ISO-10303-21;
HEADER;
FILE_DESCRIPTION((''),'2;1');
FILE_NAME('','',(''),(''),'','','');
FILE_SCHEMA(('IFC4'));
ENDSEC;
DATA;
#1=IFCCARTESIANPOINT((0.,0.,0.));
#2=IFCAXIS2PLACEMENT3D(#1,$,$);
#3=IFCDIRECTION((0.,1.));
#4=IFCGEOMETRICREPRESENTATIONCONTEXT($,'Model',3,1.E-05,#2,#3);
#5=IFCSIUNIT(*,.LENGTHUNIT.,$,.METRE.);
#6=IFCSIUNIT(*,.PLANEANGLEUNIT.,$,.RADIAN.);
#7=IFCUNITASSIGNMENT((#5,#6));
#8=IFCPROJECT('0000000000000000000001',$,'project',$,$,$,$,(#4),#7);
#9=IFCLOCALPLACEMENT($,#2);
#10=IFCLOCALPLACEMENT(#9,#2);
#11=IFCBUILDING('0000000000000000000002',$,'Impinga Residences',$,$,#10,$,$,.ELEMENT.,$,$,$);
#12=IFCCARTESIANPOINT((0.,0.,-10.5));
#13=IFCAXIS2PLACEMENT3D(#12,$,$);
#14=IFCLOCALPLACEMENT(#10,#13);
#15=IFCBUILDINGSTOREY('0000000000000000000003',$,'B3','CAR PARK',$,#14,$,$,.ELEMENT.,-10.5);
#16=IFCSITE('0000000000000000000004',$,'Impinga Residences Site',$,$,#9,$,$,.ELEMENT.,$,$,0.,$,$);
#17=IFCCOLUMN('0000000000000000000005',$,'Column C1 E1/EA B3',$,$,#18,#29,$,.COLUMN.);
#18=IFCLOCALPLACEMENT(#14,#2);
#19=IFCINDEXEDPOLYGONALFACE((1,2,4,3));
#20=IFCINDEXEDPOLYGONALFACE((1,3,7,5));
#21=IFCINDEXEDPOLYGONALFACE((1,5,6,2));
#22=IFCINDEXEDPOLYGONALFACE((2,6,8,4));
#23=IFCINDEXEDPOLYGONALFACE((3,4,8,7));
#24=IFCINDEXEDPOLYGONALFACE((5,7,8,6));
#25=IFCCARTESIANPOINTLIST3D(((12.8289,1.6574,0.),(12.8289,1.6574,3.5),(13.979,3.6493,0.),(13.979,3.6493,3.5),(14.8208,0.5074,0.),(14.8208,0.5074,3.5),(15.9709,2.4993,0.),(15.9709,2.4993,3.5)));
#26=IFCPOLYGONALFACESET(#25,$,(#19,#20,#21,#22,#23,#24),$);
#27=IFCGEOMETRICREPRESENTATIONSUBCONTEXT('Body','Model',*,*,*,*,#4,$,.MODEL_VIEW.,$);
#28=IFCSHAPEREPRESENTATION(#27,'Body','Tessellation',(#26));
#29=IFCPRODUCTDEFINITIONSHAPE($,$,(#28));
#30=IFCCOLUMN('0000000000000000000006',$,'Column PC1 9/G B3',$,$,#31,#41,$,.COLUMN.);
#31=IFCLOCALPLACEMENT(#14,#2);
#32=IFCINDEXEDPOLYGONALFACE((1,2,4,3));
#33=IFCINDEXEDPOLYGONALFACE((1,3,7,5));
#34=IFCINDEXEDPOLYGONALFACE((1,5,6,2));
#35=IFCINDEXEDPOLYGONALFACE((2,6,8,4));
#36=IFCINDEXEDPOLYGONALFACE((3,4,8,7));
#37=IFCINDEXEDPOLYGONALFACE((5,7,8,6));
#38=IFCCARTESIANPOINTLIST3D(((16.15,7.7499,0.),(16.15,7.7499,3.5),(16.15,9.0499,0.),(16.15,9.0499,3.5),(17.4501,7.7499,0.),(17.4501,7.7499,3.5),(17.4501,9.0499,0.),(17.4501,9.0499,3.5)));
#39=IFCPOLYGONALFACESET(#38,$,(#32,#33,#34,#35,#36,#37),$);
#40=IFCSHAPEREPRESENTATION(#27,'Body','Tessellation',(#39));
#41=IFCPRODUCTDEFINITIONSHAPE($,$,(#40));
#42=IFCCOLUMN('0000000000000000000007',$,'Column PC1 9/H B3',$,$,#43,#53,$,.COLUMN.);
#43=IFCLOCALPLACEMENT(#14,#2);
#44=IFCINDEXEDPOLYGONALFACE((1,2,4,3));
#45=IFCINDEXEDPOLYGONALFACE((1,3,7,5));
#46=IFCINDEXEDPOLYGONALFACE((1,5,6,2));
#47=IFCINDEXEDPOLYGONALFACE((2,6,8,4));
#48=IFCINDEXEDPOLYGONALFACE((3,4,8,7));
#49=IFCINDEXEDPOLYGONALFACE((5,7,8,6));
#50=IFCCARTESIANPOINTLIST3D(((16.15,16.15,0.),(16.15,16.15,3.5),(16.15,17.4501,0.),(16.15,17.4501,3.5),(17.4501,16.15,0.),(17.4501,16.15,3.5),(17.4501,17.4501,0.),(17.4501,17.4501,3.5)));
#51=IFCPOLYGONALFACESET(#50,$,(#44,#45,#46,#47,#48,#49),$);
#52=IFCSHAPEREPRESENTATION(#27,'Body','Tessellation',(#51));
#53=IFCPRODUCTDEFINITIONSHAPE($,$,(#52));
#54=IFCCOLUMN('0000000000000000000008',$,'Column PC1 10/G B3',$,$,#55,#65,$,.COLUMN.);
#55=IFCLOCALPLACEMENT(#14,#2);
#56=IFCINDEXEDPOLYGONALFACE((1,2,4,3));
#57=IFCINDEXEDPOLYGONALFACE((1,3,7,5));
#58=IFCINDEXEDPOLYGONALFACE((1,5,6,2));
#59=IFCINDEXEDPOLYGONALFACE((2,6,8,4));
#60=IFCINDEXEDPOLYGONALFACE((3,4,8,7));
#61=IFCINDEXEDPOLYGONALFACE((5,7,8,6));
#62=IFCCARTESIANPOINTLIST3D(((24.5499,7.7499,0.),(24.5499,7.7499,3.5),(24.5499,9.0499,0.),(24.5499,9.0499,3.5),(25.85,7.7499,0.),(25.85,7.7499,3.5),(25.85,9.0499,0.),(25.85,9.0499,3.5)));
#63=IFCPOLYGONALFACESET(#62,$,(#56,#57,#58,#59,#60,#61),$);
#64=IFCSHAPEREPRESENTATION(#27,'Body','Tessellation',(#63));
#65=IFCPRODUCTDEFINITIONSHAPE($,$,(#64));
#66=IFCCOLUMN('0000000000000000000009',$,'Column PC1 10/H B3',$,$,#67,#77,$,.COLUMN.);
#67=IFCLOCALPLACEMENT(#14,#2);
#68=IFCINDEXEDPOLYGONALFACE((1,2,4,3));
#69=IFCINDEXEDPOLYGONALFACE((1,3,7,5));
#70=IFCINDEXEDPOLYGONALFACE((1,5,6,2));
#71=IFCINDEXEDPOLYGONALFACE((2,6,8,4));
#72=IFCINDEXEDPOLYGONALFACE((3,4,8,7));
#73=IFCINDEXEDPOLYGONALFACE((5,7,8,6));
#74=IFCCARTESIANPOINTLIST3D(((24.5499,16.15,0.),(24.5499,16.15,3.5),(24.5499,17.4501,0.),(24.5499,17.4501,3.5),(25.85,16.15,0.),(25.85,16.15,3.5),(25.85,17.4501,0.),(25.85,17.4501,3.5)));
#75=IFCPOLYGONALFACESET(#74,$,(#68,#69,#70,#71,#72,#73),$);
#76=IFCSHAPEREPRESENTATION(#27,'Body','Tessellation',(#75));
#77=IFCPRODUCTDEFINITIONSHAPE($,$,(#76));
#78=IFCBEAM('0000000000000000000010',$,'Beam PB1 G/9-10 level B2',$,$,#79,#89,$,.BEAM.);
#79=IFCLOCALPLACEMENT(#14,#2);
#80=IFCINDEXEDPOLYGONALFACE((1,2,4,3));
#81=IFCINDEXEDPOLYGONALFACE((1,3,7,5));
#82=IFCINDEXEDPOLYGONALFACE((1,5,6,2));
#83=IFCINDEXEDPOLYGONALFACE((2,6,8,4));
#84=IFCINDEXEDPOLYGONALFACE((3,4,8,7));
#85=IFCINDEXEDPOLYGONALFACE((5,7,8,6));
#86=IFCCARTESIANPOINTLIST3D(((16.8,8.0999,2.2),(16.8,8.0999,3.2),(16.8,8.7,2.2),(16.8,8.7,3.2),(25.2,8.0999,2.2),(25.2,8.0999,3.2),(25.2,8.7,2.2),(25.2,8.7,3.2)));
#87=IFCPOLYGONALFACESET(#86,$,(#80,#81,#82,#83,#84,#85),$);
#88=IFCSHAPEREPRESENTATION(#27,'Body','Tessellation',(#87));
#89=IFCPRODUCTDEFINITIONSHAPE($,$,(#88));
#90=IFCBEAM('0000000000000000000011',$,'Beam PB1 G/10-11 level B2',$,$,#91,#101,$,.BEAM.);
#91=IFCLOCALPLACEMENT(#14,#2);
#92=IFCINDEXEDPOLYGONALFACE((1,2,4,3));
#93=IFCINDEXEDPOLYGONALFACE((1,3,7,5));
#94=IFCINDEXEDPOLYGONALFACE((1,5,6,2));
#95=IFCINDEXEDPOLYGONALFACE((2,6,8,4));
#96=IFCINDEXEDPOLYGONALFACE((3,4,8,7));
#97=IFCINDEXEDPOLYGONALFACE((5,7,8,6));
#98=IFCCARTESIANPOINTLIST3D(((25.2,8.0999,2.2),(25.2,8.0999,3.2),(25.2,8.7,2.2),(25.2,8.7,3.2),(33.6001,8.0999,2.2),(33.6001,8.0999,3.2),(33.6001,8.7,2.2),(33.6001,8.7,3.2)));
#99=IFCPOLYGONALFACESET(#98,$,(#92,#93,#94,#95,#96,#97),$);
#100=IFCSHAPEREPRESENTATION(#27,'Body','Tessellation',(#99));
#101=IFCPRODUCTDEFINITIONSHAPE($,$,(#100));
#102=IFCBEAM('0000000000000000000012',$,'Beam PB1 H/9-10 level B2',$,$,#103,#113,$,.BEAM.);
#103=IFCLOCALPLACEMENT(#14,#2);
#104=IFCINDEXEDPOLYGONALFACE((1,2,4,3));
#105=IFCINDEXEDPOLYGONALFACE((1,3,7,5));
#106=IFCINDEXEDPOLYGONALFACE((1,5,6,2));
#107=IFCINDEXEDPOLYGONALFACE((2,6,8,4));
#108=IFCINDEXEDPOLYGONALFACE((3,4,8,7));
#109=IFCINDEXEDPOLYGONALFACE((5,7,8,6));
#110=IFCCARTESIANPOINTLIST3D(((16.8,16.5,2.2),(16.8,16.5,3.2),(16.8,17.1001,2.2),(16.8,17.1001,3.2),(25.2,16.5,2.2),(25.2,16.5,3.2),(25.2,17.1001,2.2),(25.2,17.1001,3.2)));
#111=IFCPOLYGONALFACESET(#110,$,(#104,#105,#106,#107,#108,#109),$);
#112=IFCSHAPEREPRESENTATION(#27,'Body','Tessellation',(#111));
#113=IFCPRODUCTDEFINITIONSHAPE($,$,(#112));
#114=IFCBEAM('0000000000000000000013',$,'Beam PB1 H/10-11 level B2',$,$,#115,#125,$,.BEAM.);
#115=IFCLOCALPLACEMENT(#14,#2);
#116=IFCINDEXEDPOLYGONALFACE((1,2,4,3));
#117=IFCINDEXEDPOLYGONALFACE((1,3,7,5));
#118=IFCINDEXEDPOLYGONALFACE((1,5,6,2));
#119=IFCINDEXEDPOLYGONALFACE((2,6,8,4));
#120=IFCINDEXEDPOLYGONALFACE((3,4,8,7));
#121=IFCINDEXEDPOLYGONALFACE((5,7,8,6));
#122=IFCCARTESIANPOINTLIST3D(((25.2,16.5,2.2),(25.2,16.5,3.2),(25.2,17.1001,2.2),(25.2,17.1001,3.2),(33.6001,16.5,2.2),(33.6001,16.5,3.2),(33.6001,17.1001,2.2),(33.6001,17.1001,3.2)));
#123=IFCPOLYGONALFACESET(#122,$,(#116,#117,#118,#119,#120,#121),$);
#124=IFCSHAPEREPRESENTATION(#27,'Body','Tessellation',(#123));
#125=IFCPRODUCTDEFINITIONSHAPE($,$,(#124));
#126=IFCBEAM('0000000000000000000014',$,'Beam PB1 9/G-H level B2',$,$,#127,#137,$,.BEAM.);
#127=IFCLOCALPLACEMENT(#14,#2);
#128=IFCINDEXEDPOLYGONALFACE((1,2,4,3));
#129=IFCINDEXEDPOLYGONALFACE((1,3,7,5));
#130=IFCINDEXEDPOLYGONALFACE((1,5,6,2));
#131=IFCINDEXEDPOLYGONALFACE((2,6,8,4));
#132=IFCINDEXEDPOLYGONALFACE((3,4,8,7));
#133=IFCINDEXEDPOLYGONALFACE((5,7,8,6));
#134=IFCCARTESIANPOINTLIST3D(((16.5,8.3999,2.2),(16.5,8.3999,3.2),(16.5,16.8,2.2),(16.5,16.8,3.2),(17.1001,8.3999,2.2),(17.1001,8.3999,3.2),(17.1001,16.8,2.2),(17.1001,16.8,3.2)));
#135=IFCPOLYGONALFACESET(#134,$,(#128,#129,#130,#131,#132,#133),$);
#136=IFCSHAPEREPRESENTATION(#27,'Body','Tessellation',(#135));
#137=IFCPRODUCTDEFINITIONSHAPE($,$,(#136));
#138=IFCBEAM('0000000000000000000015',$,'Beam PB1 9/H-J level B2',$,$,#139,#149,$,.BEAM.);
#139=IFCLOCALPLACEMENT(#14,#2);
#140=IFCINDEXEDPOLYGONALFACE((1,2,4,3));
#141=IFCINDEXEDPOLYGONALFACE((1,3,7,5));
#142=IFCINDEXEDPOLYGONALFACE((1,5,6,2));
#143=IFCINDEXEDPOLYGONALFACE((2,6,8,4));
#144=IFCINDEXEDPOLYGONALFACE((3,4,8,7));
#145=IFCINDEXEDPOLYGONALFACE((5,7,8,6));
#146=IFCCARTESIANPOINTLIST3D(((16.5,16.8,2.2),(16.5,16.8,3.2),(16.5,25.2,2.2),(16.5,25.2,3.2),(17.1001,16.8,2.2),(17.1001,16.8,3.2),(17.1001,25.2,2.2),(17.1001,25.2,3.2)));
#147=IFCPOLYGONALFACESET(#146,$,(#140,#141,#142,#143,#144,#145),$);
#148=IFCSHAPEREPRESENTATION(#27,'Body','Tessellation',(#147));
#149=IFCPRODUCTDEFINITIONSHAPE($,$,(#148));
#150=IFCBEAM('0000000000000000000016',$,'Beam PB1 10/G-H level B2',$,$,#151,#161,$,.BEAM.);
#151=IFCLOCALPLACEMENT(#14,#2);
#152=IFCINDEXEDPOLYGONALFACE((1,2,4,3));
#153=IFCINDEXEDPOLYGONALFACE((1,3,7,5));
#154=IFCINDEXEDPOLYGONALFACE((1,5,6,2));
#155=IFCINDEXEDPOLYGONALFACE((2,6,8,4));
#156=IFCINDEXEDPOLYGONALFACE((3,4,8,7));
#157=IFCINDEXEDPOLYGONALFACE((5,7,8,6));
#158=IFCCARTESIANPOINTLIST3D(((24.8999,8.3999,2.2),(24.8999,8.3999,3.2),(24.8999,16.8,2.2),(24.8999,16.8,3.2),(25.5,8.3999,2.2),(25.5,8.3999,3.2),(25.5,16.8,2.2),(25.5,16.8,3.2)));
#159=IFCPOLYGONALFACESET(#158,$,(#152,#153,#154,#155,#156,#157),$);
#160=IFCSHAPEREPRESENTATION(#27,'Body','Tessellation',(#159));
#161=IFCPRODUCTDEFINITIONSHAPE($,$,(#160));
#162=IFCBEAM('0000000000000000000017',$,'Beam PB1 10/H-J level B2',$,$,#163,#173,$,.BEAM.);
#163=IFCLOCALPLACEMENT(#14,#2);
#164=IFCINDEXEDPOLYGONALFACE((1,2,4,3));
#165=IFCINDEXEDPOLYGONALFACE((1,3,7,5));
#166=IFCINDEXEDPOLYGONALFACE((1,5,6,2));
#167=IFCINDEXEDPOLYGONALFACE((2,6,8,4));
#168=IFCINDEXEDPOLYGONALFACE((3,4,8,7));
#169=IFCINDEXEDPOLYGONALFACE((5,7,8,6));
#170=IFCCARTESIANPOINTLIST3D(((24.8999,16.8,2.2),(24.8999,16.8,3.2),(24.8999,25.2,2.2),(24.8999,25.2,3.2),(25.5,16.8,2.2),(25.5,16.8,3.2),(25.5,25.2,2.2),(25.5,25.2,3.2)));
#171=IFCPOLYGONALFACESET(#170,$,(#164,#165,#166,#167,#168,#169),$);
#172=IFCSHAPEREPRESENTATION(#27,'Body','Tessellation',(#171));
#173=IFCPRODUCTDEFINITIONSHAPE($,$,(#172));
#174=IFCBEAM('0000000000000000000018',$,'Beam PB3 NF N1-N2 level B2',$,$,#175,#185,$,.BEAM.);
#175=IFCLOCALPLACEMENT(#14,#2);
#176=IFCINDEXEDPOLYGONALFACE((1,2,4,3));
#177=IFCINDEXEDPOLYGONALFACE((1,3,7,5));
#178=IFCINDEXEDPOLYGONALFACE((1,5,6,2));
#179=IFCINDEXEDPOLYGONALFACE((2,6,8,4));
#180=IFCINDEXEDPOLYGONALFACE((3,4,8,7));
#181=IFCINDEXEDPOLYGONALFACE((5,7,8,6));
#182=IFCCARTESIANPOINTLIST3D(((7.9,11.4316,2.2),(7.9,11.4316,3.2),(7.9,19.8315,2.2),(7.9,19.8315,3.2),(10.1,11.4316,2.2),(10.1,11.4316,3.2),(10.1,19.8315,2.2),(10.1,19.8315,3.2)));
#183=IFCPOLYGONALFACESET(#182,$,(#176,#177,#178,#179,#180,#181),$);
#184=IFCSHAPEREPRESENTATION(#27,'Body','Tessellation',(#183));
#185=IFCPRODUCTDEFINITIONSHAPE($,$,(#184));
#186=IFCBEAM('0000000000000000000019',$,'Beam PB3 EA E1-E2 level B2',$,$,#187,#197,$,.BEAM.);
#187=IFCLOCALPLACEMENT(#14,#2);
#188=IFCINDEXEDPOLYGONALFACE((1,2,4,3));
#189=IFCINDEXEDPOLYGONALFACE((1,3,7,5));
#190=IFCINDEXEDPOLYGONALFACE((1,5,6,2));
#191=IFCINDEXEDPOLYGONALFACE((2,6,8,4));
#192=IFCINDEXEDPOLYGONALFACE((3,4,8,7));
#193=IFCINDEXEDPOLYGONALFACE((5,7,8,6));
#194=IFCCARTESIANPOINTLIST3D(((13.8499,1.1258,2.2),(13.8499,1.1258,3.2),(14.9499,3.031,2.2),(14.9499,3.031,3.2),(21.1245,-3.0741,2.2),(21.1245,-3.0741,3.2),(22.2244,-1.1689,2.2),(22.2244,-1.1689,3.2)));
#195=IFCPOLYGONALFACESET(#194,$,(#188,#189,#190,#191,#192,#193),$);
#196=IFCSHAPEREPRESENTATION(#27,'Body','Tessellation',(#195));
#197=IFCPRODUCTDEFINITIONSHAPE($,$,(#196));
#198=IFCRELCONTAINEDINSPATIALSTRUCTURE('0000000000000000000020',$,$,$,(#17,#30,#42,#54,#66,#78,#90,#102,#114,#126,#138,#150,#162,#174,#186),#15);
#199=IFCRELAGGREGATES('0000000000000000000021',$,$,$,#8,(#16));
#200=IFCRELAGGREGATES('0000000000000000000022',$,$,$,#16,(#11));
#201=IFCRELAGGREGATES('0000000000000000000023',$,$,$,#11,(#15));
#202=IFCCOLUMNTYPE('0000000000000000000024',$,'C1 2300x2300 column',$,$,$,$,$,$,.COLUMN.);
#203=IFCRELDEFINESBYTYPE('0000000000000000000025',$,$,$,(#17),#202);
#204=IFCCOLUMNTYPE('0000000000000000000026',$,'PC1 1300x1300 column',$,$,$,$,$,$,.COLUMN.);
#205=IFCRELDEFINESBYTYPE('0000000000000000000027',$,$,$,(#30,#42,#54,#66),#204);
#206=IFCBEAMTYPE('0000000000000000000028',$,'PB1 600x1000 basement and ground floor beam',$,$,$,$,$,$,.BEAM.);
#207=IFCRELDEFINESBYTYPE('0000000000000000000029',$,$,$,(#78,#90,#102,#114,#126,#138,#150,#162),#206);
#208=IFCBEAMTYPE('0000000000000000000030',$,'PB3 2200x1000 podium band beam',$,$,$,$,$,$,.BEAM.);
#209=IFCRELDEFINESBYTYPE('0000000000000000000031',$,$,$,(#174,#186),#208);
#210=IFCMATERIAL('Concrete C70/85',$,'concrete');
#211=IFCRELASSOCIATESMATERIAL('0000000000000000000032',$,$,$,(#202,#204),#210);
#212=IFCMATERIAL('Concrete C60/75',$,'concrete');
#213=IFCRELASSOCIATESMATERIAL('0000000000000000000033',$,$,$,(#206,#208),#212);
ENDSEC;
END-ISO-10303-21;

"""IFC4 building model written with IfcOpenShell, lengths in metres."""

from ifc_helpers import new_model, si_unit, direction, frame, origin, origin_2d, place, context, subcontext, project, spatial, rectangle, extrude, material, material_profile, profile_set, type_object, element, save


model = new_model("IFC4")

# Units and contexts
model_context = context("Model", 3, precision=1e-05, world=origin(), true_north=direction((0.0, 1.0)))
body_context = subcontext(model_context, "Body", "Model", "MODEL_VIEW")
ifc_project = project(units=[si_unit("LENGTHUNIT", "METRE"), si_unit("PLANEANGLEUNIT", "RADIAN")], contexts=[model_context])

# Site, building, storey
site_placement = place(None, origin())
site = spatial("IfcSite", under=ifc_project, at=site_placement, Name="Impinga Residences Site", CompositionType="ELEMENT", RefElevation=0.0)
building_placement = place(site_placement, origin())
building = spatial("IfcBuilding", under=site, at=building_placement, Name="Impinga Residences", CompositionType="ELEMENT")
storey_placement = place(building_placement, frame((0.0, 0.0, -10.5)))
storey = spatial("IfcBuildingStorey", under=building, at=storey_placement, Name="B3", Description="CAR PARK", CompositionType="ELEMENT", Elevation=-10.5)

# Columns
ifc_material_1 = material(Name="Concrete C70/85", Category="concrete")
ifc_material_profile_1 = material_profile(ifc_material_1, rectangle(XDim=2.3, YDim=2.3, at=origin_2d()), Name="RC 2300x2300")
ifc_profile_set_1 = profile_set([ifc_material_profile_1], Name="Concrete C70/85")
column_type_1 = type_object("IfcColumnType", Name="C1 2300x2300 column", PredefinedType="COLUMN", material=ifc_profile_set_1)
for number, where, z_axis, x_axis, name in (
    (1, (14.3999, 2.0784, 0.0), (0.0, 0.0, 1.0), (-0.5, -0.866025, 0.0), "Column C1 E1/EA B3"),
):
    element("IfcColumn", number, at=place(storey_placement, frame(where, z_axis=z_axis, x_axis=x_axis)), inside=storey, type_object=column_type_1, Name=name, PredefinedType="COLUMN", context=body_context, shape_type="SweptSolid", body=[
        extrude(rectangle(XDim=2.3, YDim=2.3, at=origin_2d()), origin(), (0.0, 0.0, 1.0), 3.5),
    ])
ifc_material_profile_2 = material_profile(ifc_material_1, rectangle(XDim=1.3, YDim=1.3, at=origin_2d()), Name="RC 1300x1300")
ifc_profile_set_2 = profile_set([ifc_material_profile_2], Name="Concrete C70/85")
column_type_2 = type_object("IfcColumnType", Name="PC1 1300x1300 column", PredefinedType="COLUMN", material=ifc_profile_set_2)
for number, where, z_axis, x_axis, name in (
    (2, (16.8, 8.3999, 0.0), (0.0, 0.0, 1.0), (1.0, 0.0, 0.0), "Column PC1 9/G B3"),
    (3, (16.8, 16.8, 0.0), (0.0, 0.0, 1.0), (1.0, 0.0, 0.0), "Column PC1 9/H B3"),
    (4, (25.2, 8.3999, 0.0), (0.0, 0.0, 1.0), (1.0, 0.0, 0.0), "Column PC1 10/G B3"),
    (5, (25.2, 16.8, 0.0), (0.0, 0.0, 1.0), (1.0, 0.0, 0.0), "Column PC1 10/H B3"),
):
    element("IfcColumn", number, at=place(storey_placement, frame(where, z_axis=z_axis, x_axis=x_axis)), inside=storey, type_object=column_type_2, Name=name, PredefinedType="COLUMN", context=body_context, shape_type="SweptSolid", body=[
        extrude(rectangle(XDim=1.3, YDim=1.3, at=origin_2d()), origin(), (0.0, 0.0, 1.0), 3.5),
    ])

# Beams
ifc_material_2 = material(Name="Concrete C60/75", Category="concrete")
ifc_material_profile_3 = material_profile(ifc_material_2, rectangle(XDim=0.6001, YDim=1.0, at=origin_2d()), Name="RC 600x1000")
ifc_profile_set_3 = profile_set([ifc_material_profile_3], Name="Concrete C60/75")
beam_type_1 = type_object("IfcBeamType", Name="PB1 600x1000 basement and ground floor beam", PredefinedType="BEAM", material=ifc_profile_set_3)
beam_1_placement = place(storey_placement, frame((16.8, 8.3999, 2.7), z_axis=(1.0, 0.0, 0.0), x_axis=(0.0, 1.0, 0.0)))
element("IfcBeam", 6, at=beam_1_placement, inside=storey, type_object=beam_type_1, Name="Beam PB1 G/9-10 level B2", PredefinedType="BEAM", context=body_context, shape_type="SweptSolid", body=[
    extrude(rectangle(XDim=0.6001, YDim=1.0, at=origin_2d()), origin(), (0.0, 0.0, 1.0), 8.3999),
])
beam_2_placement = place(storey_placement, frame((25.2, 8.3999, 2.7), z_axis=(1.0, 0.0, 0.0), x_axis=(0.0, 1.0, 0.0)))
element("IfcBeam", 7, at=beam_2_placement, inside=storey, type_object=beam_type_1, Name="Beam PB1 G/10-11 level B2", PredefinedType="BEAM", context=body_context, shape_type="SweptSolid", body=[
    extrude(rectangle(XDim=0.6001, YDim=1.0, at=origin_2d()), origin(), (0.0, 0.0, 1.0), 8.4001),
])
beam_3_placement = place(storey_placement, frame((16.8, 16.8, 2.7), z_axis=(1.0, 0.0, 0.0), x_axis=(0.0, 1.0, 0.0)))
element("IfcBeam", 8, at=beam_3_placement, inside=storey, type_object=beam_type_1, Name="Beam PB1 H/9-10 level B2", PredefinedType="BEAM", context=body_context, shape_type="SweptSolid", body=[
    extrude(rectangle(XDim=0.6001, YDim=1.0, at=origin_2d()), origin(), (0.0, 0.0, 1.0), 8.3999),
])
for number, where, z_axis, x_axis, name in (
    (9, (25.2, 16.8, 2.7), (1.0, 0.0, 0.0), (0.0, 1.0, 0.0), "Beam PB1 H/10-11 level B2"),
    (10, (16.8, 8.3999, 2.7), (0.0, 1.0, 0.0), (-1.0, 0.0, 0.0), "Beam PB1 9/G-H level B2"),
):
    element("IfcBeam", number, at=place(storey_placement, frame(where, z_axis=z_axis, x_axis=x_axis)), inside=storey, type_object=beam_type_1, Name=name, PredefinedType="BEAM", context=body_context, shape_type="SweptSolid", body=[
        extrude(rectangle(XDim=0.6001, YDim=1.0, at=origin_2d()), origin(), (0.0, 0.0, 1.0), 8.4001),
    ])
beam_4_placement = place(storey_placement, frame((16.8, 16.8, 2.7), z_axis=(0.0, 1.0, 0.0), x_axis=(-1.0, 0.0, 0.0)))
element("IfcBeam", 11, at=beam_4_placement, inside=storey, type_object=beam_type_1, Name="Beam PB1 9/H-J level B2", PredefinedType="BEAM", context=body_context, shape_type="SweptSolid", body=[
    extrude(rectangle(XDim=0.6001, YDim=1.0, at=origin_2d()), origin(), (0.0, 0.0, 1.0), 8.3999),
])
beam_5_placement = place(storey_placement, frame((25.2, 8.3999, 2.7), z_axis=(0.0, 1.0, 0.0), x_axis=(-1.0, 0.0, 0.0)))
element("IfcBeam", 12, at=beam_5_placement, inside=storey, type_object=beam_type_1, Name="Beam PB1 10/G-H level B2", PredefinedType="BEAM", context=body_context, shape_type="SweptSolid", body=[
    extrude(rectangle(XDim=0.6001, YDim=1.0, at=origin_2d()), origin(), (0.0, 0.0, 1.0), 8.4001),
])
beam_6_placement = place(storey_placement, frame((25.2, 16.8, 2.7), z_axis=(0.0, 1.0, 0.0), x_axis=(-1.0, 0.0, 0.0)))
element("IfcBeam", 13, at=beam_6_placement, inside=storey, type_object=beam_type_1, Name="Beam PB1 10/H-J level B2", PredefinedType="BEAM", context=body_context, shape_type="SweptSolid", body=[
    extrude(rectangle(XDim=0.6001, YDim=1.0, at=origin_2d()), origin(), (0.0, 0.0, 1.0), 8.3999),
])
ifc_material_profile_4 = material_profile(ifc_material_2, rectangle(XDim=2.2, YDim=1.0, at=origin_2d()), Name="RC 2200x1000")
ifc_profile_set_4 = profile_set([ifc_material_profile_4], Name="Concrete C60/75")
beam_type_2 = type_object("IfcBeamType", Name="PB3 2200x1000 podium band beam", PredefinedType="BEAM", material=ifc_profile_set_4)
for number, where, z_axis, x_axis, name in (
    (14, (9.0, 11.4316, 2.7), (0.0, 1.0, 0.0), (-1.0, 0.0, 0.0), "Beam PB3 NF N1-N2 level B2"),
    (15, (14.3999, 2.0784, 2.7), (0.866029, -0.499993, 0.0), (0.499993, 0.866029, 0.0), "Beam PB3 EA E1-E2 level B2"),
):
    element("IfcBeam", number, at=place(storey_placement, frame(where, z_axis=z_axis, x_axis=x_axis)), inside=storey, type_object=beam_type_2, Name=name, PredefinedType="BEAM", context=body_context, shape_type="SweptSolid", body=[
        extrude(rectangle(XDim=2.2, YDim=1.0, at=origin_2d()), origin(), (0.0, 0.0, 1.0), 8.3999),
    ])

save(model, "model.ifc")
